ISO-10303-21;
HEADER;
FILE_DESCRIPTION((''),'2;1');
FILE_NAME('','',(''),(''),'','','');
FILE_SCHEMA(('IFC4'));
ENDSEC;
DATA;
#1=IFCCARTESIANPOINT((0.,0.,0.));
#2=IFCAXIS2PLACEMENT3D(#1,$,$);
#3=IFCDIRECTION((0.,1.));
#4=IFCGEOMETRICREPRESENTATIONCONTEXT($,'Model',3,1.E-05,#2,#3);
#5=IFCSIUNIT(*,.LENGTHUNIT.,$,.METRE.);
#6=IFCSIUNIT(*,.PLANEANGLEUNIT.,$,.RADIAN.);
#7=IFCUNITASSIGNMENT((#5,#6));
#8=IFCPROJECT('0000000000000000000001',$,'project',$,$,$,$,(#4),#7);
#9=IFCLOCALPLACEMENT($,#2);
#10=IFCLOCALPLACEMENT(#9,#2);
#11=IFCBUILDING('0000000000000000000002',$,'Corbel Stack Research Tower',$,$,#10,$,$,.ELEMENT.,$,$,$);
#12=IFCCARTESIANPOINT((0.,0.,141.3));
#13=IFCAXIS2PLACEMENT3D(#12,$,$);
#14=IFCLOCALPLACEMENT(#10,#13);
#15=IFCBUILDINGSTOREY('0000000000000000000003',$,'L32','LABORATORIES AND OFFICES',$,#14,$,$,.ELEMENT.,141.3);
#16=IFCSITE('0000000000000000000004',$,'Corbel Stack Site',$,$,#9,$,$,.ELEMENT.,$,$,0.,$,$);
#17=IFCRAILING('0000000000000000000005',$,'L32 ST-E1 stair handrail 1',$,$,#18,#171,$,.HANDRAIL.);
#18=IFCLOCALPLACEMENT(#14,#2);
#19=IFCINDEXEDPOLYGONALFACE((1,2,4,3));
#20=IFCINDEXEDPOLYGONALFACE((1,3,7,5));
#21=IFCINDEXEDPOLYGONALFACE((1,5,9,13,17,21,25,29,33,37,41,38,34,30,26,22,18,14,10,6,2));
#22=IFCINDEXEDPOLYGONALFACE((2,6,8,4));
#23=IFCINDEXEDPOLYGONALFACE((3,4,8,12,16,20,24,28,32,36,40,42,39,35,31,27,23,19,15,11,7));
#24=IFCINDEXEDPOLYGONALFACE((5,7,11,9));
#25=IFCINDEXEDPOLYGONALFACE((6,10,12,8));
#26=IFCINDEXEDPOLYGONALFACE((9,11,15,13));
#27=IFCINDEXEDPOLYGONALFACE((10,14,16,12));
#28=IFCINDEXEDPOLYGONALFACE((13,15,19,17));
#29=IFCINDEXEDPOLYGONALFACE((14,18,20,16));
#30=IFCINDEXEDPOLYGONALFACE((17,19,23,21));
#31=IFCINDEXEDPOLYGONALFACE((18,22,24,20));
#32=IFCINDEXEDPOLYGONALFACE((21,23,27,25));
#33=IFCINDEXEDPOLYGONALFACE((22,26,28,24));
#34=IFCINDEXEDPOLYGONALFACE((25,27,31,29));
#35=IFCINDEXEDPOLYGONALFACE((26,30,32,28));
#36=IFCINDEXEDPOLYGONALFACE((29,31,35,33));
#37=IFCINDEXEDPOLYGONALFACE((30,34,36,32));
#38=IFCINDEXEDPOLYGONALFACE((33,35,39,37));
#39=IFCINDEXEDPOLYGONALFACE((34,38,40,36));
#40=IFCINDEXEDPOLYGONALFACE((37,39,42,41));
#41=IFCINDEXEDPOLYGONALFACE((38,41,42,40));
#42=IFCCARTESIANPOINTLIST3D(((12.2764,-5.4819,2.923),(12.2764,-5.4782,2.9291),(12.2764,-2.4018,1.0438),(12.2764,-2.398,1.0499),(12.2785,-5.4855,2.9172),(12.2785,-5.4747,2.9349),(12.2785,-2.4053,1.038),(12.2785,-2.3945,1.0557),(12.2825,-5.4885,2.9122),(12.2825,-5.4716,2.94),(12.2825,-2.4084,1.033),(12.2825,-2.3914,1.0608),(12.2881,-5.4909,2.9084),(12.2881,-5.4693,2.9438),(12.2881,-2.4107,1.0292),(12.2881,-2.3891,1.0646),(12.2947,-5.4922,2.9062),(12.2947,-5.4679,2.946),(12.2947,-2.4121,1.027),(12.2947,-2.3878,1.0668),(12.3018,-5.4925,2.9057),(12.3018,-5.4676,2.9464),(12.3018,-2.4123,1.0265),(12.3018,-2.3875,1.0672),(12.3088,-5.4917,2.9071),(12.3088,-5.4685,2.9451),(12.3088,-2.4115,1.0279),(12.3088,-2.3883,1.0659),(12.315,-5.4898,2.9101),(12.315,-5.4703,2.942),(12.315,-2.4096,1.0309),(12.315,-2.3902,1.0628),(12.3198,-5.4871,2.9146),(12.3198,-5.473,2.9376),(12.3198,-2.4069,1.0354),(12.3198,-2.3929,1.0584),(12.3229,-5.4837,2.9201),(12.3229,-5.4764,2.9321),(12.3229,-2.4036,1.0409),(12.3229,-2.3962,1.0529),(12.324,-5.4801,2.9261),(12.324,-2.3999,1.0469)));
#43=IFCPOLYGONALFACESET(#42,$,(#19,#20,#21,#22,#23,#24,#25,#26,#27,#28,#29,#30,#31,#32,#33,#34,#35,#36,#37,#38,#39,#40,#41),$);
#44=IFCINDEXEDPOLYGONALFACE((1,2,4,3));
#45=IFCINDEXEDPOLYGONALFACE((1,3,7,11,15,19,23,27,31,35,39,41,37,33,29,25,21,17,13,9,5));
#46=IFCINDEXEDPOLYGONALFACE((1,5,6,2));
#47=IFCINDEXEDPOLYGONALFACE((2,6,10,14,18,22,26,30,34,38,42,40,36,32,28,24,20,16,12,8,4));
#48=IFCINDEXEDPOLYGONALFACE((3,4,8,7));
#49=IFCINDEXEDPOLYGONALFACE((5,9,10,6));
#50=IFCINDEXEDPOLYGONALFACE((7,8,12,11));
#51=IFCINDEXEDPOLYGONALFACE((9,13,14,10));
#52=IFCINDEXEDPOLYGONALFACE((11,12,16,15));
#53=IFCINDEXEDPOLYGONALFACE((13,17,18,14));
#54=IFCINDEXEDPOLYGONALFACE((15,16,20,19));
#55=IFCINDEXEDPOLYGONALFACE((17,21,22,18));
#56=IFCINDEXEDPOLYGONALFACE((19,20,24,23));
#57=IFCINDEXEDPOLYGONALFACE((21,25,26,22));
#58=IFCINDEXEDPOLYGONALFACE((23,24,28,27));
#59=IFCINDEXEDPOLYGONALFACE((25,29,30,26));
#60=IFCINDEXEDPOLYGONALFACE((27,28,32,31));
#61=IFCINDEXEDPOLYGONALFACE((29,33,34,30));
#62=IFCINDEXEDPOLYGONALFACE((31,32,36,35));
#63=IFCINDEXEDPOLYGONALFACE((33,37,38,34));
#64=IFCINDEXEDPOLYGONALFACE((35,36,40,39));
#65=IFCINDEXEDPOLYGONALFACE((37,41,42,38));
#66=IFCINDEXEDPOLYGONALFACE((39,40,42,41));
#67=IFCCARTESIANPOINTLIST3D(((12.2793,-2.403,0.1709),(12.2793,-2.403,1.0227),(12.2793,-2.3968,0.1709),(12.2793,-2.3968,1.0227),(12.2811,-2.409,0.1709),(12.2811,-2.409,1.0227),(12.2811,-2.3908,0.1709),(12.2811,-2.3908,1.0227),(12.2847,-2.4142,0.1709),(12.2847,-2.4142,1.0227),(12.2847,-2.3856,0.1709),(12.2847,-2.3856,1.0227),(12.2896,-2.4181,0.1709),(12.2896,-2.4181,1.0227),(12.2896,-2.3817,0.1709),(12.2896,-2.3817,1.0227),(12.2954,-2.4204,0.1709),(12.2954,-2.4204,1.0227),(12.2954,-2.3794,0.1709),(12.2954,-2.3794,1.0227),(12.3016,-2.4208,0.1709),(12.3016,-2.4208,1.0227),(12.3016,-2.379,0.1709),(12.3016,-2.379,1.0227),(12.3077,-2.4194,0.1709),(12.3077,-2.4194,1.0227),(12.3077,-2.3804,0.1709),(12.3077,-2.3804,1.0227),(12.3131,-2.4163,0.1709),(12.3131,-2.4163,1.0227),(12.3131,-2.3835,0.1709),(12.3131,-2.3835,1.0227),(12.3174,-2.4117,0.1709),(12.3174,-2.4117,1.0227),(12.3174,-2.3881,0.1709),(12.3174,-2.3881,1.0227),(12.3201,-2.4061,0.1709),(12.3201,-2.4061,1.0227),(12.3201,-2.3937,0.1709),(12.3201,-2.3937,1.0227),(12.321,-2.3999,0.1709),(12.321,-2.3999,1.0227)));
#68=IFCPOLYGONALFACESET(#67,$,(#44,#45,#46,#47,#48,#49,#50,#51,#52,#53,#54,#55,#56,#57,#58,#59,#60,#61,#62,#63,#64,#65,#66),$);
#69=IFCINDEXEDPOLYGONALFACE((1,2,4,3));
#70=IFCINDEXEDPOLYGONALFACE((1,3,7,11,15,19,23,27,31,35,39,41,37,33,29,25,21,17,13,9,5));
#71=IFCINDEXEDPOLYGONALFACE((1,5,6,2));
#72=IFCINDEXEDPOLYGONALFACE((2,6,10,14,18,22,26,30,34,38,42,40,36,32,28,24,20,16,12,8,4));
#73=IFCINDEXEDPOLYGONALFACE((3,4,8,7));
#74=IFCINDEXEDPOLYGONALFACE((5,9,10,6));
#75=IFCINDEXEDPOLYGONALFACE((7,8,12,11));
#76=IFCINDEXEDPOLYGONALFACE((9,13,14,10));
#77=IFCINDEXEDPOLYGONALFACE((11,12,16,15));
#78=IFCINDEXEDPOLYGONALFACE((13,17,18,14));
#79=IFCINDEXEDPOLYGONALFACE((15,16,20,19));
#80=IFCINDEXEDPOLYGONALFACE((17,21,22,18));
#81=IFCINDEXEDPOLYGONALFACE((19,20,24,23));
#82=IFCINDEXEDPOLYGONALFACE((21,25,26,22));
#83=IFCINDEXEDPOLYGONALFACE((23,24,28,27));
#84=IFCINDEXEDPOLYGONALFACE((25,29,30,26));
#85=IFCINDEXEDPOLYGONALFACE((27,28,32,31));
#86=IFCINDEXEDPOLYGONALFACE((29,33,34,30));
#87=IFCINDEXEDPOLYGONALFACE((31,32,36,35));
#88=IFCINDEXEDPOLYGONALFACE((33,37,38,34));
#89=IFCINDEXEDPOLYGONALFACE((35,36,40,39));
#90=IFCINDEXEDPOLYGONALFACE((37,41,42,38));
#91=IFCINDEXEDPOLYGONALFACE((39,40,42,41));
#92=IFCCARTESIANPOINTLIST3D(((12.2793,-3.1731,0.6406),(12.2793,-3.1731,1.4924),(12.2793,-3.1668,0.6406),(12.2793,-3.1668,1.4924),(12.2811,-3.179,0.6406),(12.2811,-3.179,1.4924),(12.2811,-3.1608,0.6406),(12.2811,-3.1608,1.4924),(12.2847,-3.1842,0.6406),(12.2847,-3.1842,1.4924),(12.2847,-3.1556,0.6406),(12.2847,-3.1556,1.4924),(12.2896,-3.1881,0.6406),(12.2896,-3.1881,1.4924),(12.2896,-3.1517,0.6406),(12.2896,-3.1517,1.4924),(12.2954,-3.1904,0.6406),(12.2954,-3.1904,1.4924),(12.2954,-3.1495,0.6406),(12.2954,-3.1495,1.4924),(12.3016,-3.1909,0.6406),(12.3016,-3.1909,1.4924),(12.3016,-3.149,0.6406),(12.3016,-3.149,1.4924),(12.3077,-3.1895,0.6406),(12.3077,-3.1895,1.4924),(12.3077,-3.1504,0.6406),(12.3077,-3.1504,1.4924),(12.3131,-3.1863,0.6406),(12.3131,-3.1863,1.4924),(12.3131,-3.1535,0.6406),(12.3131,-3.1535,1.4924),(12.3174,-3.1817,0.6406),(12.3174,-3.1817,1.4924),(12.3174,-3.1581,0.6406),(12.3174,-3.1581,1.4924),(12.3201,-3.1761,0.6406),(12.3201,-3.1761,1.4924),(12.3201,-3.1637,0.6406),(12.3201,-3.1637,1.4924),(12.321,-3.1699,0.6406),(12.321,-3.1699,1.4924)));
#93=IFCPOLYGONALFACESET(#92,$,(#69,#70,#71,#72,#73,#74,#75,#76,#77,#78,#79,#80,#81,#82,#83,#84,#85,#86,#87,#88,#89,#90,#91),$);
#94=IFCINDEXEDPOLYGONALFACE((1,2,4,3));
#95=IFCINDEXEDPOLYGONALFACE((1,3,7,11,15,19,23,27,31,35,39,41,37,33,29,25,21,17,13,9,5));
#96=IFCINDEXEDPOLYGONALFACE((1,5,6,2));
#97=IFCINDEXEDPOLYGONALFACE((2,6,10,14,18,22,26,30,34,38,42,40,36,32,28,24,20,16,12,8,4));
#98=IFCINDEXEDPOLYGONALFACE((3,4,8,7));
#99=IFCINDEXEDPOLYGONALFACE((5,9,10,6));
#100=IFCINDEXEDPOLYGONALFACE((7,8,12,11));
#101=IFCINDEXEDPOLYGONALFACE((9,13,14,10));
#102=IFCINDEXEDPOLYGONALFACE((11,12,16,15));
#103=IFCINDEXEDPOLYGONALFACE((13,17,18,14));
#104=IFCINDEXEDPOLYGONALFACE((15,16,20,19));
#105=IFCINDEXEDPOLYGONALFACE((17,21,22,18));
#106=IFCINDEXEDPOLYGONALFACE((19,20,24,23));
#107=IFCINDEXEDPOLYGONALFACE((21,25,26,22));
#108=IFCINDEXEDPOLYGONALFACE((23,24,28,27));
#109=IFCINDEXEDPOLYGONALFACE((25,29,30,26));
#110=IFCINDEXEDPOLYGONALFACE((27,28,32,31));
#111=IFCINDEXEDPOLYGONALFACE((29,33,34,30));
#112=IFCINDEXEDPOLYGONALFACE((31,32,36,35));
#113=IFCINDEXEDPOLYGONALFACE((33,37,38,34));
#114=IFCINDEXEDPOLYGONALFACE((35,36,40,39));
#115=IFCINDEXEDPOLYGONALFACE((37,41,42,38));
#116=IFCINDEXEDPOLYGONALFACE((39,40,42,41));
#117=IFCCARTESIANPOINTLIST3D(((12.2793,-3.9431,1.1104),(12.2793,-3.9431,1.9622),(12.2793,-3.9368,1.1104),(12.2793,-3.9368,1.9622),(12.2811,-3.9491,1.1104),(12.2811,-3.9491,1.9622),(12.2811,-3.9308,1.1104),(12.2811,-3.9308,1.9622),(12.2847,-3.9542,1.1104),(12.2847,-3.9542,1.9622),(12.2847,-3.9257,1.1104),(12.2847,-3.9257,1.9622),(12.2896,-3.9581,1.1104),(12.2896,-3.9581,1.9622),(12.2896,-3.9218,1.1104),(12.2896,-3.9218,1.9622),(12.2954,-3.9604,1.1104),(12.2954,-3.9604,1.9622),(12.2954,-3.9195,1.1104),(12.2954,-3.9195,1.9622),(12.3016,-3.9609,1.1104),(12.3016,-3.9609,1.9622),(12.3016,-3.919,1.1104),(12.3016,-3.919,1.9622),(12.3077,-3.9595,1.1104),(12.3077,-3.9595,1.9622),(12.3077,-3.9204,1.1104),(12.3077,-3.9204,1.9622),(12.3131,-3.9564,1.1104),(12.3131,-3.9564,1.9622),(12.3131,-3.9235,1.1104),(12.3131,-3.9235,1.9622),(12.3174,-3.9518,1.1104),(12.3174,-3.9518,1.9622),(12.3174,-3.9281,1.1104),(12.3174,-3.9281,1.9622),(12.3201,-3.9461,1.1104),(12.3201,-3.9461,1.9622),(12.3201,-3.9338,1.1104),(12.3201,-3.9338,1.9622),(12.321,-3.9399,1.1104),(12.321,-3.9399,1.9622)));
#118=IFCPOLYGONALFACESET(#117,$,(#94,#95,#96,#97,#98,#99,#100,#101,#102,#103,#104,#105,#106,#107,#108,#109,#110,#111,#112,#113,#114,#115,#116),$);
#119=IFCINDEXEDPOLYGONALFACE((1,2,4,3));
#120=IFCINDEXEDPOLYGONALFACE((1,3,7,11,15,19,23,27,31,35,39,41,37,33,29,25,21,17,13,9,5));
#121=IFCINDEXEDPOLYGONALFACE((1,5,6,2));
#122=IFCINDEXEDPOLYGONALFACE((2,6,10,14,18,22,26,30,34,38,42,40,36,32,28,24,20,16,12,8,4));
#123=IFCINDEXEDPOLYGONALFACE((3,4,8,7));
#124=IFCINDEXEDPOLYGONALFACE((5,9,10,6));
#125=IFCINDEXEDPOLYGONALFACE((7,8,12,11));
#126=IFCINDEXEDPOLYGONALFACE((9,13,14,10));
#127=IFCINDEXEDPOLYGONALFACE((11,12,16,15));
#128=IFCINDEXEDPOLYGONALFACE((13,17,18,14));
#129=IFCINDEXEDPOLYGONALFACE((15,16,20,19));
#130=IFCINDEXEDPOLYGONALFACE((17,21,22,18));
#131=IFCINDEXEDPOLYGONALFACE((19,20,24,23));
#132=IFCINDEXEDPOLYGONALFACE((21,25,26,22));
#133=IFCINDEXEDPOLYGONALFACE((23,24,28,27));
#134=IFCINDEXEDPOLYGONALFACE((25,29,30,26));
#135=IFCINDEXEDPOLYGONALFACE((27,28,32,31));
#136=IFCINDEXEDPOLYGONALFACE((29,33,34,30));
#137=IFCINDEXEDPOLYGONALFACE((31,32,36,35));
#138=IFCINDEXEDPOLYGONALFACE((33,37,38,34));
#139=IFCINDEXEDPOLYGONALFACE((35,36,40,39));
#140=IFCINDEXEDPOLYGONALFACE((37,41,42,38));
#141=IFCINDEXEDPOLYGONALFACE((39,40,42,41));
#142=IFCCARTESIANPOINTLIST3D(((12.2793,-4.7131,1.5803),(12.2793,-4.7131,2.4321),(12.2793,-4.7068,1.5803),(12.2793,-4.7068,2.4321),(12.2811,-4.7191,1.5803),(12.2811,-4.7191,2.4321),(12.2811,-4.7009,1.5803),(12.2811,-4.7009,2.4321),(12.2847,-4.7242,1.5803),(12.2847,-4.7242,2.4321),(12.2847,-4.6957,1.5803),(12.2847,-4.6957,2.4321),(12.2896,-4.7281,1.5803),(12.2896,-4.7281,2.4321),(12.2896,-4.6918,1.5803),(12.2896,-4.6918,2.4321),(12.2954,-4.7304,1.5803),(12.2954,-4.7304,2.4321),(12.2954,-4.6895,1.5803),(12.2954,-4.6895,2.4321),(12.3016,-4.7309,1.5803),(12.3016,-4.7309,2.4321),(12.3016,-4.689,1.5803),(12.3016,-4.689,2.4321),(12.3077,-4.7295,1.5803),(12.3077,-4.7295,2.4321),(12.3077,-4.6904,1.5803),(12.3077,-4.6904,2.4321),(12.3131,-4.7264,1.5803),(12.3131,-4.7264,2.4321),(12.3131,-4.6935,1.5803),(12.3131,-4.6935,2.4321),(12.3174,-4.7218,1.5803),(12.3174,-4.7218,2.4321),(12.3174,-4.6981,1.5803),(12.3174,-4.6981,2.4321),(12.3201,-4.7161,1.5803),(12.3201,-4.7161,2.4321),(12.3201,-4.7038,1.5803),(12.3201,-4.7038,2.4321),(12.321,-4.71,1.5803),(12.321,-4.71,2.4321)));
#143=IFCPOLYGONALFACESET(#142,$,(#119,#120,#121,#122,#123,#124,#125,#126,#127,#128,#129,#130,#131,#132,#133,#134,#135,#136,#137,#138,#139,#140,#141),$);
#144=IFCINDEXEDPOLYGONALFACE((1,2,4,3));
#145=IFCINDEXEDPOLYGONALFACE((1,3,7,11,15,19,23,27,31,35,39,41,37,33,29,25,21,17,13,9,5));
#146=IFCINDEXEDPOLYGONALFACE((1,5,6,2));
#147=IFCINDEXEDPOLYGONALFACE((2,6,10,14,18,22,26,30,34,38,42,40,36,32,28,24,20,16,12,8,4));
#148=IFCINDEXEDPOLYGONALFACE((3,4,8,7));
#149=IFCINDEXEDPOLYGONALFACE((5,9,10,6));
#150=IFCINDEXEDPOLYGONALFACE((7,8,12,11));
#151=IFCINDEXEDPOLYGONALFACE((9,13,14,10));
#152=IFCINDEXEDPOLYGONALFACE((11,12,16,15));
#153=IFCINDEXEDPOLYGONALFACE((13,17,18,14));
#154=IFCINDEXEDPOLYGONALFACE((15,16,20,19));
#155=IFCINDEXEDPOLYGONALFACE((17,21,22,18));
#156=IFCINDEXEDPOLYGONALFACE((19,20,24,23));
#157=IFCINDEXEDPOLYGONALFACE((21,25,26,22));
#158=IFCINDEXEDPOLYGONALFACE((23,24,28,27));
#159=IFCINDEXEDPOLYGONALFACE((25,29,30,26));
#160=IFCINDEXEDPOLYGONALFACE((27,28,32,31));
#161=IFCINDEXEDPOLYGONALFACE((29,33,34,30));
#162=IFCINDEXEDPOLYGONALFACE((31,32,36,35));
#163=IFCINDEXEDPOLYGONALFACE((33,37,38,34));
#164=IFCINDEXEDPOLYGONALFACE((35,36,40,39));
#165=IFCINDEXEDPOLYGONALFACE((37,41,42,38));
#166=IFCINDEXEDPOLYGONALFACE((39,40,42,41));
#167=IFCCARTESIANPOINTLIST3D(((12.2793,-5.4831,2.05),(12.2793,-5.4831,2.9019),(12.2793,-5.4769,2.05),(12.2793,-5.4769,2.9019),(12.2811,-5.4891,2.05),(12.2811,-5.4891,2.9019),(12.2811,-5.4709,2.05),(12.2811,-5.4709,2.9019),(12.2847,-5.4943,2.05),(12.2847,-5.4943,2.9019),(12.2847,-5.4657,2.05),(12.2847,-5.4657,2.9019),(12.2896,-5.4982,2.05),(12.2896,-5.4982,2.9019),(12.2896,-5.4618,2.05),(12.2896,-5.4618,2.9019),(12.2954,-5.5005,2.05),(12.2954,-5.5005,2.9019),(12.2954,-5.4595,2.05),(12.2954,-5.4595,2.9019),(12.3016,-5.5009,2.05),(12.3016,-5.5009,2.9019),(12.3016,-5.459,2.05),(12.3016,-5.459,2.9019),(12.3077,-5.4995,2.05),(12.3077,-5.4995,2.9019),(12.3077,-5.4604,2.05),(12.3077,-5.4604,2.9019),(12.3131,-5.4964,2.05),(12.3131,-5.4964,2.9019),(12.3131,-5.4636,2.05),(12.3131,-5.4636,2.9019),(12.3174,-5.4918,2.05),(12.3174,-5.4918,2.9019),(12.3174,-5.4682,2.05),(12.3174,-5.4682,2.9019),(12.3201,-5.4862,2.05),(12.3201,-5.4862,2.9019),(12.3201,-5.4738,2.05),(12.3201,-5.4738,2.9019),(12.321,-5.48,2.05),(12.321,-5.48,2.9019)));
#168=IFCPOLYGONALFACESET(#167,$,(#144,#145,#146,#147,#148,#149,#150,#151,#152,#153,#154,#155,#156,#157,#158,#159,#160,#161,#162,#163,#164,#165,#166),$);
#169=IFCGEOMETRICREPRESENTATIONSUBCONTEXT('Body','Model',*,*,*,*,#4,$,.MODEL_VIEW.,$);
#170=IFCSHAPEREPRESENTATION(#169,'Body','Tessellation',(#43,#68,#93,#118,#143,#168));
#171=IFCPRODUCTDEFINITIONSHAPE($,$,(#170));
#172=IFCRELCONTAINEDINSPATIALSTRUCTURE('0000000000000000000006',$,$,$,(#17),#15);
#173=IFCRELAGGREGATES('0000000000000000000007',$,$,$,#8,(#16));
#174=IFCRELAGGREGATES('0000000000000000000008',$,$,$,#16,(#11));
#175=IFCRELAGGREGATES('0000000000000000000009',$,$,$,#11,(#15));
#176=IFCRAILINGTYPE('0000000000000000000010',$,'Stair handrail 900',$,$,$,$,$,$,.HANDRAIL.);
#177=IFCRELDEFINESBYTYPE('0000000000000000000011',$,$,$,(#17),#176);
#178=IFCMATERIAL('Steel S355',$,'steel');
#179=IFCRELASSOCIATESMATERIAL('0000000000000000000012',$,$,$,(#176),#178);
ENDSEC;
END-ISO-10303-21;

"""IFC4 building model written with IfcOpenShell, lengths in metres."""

from ifc_helpers import new_model, si_unit, direction, frame, origin, origin_2d, place, context, subcontext, project, spatial, circle, extrude, material, type_object, element, save


model = new_model("IFC4")

# Units and contexts
model_context = context("Model", 3, precision=1e-05, world=origin(), true_north=direction((0.0, 1.0)))
body_context = subcontext(model_context, "Body", "Model", "MODEL_VIEW")
ifc_project = project(units=[si_unit("LENGTHUNIT", "METRE"), si_unit("PLANEANGLEUNIT", "RADIAN")], contexts=[model_context])

# Site, building, storey
site_placement = place(None, origin())
site = spatial("IfcSite", under=ifc_project, at=site_placement, Name="Corbel Stack Site", CompositionType="ELEMENT", RefElevation=0.0)
building_placement = place(site_placement, origin())
building = spatial("IfcBuilding", under=site, at=building_placement, Name="Corbel Stack Research Tower", CompositionType="ELEMENT")
storey_placement = place(building_placement, frame((0.0, 0.0, 141.3)))
storey = spatial("IfcBuildingStorey", under=building, at=storey_placement, Name="L32", Description="LABORATORIES AND OFFICES", CompositionType="ELEMENT", Elevation=141.3)

# Railing
ifc_material_1 = material(Name="Steel S355", Category="steel")
railing_type_1 = type_object("IfcRailingType", Name="Stair handrail 900", PredefinedType="HANDRAIL", material=ifc_material_1)
railing_1_placement = place(storey_placement, frame((12.3, -2.3999, 0.1709)))
element("IfcRailing", 1, at=railing_1_placement, inside=storey, type_object=railing_type_1, Name="L32 ST-E1 stair handrail 1", PredefinedType="HANDRAIL", context=body_context, shape_type="SweptSolid", body=[
    extrude(circle(Radius=0.0239, at=origin_2d()), frame((0.0, 0.0, 0.876), z_axis=(0.0, -0.853666, 0.52082), x_axis=(1.0, 0.0, 0.0)), (0.0, 0.0, 1.0), 3.6082),
    extrude(circle(Radius=0.021, at=origin_2d()), origin(), (0.0, 0.0, 1.0), 0.8518),
    extrude(circle(Radius=0.021, at=origin_2d()), frame((0.0, -0.77, 0.4697)), (0.0, 0.0, 1.0), 0.8518),
    extrude(circle(Radius=0.021, at=origin_2d()), frame((0.0, -1.54, 0.9395)), (0.0, 0.0, 1.0), 0.8518),
    extrude(circle(Radius=0.021, at=origin_2d()), frame((0.0, -2.3101, 1.4094)), (0.0, 0.0, 1.0), 0.8518),
    extrude(circle(Radius=0.021, at=origin_2d()), frame((0.0, -3.0801, 1.8792)), (0.0, 0.0, 1.0), 0.8518),
])

save(model, "model.ifc")
